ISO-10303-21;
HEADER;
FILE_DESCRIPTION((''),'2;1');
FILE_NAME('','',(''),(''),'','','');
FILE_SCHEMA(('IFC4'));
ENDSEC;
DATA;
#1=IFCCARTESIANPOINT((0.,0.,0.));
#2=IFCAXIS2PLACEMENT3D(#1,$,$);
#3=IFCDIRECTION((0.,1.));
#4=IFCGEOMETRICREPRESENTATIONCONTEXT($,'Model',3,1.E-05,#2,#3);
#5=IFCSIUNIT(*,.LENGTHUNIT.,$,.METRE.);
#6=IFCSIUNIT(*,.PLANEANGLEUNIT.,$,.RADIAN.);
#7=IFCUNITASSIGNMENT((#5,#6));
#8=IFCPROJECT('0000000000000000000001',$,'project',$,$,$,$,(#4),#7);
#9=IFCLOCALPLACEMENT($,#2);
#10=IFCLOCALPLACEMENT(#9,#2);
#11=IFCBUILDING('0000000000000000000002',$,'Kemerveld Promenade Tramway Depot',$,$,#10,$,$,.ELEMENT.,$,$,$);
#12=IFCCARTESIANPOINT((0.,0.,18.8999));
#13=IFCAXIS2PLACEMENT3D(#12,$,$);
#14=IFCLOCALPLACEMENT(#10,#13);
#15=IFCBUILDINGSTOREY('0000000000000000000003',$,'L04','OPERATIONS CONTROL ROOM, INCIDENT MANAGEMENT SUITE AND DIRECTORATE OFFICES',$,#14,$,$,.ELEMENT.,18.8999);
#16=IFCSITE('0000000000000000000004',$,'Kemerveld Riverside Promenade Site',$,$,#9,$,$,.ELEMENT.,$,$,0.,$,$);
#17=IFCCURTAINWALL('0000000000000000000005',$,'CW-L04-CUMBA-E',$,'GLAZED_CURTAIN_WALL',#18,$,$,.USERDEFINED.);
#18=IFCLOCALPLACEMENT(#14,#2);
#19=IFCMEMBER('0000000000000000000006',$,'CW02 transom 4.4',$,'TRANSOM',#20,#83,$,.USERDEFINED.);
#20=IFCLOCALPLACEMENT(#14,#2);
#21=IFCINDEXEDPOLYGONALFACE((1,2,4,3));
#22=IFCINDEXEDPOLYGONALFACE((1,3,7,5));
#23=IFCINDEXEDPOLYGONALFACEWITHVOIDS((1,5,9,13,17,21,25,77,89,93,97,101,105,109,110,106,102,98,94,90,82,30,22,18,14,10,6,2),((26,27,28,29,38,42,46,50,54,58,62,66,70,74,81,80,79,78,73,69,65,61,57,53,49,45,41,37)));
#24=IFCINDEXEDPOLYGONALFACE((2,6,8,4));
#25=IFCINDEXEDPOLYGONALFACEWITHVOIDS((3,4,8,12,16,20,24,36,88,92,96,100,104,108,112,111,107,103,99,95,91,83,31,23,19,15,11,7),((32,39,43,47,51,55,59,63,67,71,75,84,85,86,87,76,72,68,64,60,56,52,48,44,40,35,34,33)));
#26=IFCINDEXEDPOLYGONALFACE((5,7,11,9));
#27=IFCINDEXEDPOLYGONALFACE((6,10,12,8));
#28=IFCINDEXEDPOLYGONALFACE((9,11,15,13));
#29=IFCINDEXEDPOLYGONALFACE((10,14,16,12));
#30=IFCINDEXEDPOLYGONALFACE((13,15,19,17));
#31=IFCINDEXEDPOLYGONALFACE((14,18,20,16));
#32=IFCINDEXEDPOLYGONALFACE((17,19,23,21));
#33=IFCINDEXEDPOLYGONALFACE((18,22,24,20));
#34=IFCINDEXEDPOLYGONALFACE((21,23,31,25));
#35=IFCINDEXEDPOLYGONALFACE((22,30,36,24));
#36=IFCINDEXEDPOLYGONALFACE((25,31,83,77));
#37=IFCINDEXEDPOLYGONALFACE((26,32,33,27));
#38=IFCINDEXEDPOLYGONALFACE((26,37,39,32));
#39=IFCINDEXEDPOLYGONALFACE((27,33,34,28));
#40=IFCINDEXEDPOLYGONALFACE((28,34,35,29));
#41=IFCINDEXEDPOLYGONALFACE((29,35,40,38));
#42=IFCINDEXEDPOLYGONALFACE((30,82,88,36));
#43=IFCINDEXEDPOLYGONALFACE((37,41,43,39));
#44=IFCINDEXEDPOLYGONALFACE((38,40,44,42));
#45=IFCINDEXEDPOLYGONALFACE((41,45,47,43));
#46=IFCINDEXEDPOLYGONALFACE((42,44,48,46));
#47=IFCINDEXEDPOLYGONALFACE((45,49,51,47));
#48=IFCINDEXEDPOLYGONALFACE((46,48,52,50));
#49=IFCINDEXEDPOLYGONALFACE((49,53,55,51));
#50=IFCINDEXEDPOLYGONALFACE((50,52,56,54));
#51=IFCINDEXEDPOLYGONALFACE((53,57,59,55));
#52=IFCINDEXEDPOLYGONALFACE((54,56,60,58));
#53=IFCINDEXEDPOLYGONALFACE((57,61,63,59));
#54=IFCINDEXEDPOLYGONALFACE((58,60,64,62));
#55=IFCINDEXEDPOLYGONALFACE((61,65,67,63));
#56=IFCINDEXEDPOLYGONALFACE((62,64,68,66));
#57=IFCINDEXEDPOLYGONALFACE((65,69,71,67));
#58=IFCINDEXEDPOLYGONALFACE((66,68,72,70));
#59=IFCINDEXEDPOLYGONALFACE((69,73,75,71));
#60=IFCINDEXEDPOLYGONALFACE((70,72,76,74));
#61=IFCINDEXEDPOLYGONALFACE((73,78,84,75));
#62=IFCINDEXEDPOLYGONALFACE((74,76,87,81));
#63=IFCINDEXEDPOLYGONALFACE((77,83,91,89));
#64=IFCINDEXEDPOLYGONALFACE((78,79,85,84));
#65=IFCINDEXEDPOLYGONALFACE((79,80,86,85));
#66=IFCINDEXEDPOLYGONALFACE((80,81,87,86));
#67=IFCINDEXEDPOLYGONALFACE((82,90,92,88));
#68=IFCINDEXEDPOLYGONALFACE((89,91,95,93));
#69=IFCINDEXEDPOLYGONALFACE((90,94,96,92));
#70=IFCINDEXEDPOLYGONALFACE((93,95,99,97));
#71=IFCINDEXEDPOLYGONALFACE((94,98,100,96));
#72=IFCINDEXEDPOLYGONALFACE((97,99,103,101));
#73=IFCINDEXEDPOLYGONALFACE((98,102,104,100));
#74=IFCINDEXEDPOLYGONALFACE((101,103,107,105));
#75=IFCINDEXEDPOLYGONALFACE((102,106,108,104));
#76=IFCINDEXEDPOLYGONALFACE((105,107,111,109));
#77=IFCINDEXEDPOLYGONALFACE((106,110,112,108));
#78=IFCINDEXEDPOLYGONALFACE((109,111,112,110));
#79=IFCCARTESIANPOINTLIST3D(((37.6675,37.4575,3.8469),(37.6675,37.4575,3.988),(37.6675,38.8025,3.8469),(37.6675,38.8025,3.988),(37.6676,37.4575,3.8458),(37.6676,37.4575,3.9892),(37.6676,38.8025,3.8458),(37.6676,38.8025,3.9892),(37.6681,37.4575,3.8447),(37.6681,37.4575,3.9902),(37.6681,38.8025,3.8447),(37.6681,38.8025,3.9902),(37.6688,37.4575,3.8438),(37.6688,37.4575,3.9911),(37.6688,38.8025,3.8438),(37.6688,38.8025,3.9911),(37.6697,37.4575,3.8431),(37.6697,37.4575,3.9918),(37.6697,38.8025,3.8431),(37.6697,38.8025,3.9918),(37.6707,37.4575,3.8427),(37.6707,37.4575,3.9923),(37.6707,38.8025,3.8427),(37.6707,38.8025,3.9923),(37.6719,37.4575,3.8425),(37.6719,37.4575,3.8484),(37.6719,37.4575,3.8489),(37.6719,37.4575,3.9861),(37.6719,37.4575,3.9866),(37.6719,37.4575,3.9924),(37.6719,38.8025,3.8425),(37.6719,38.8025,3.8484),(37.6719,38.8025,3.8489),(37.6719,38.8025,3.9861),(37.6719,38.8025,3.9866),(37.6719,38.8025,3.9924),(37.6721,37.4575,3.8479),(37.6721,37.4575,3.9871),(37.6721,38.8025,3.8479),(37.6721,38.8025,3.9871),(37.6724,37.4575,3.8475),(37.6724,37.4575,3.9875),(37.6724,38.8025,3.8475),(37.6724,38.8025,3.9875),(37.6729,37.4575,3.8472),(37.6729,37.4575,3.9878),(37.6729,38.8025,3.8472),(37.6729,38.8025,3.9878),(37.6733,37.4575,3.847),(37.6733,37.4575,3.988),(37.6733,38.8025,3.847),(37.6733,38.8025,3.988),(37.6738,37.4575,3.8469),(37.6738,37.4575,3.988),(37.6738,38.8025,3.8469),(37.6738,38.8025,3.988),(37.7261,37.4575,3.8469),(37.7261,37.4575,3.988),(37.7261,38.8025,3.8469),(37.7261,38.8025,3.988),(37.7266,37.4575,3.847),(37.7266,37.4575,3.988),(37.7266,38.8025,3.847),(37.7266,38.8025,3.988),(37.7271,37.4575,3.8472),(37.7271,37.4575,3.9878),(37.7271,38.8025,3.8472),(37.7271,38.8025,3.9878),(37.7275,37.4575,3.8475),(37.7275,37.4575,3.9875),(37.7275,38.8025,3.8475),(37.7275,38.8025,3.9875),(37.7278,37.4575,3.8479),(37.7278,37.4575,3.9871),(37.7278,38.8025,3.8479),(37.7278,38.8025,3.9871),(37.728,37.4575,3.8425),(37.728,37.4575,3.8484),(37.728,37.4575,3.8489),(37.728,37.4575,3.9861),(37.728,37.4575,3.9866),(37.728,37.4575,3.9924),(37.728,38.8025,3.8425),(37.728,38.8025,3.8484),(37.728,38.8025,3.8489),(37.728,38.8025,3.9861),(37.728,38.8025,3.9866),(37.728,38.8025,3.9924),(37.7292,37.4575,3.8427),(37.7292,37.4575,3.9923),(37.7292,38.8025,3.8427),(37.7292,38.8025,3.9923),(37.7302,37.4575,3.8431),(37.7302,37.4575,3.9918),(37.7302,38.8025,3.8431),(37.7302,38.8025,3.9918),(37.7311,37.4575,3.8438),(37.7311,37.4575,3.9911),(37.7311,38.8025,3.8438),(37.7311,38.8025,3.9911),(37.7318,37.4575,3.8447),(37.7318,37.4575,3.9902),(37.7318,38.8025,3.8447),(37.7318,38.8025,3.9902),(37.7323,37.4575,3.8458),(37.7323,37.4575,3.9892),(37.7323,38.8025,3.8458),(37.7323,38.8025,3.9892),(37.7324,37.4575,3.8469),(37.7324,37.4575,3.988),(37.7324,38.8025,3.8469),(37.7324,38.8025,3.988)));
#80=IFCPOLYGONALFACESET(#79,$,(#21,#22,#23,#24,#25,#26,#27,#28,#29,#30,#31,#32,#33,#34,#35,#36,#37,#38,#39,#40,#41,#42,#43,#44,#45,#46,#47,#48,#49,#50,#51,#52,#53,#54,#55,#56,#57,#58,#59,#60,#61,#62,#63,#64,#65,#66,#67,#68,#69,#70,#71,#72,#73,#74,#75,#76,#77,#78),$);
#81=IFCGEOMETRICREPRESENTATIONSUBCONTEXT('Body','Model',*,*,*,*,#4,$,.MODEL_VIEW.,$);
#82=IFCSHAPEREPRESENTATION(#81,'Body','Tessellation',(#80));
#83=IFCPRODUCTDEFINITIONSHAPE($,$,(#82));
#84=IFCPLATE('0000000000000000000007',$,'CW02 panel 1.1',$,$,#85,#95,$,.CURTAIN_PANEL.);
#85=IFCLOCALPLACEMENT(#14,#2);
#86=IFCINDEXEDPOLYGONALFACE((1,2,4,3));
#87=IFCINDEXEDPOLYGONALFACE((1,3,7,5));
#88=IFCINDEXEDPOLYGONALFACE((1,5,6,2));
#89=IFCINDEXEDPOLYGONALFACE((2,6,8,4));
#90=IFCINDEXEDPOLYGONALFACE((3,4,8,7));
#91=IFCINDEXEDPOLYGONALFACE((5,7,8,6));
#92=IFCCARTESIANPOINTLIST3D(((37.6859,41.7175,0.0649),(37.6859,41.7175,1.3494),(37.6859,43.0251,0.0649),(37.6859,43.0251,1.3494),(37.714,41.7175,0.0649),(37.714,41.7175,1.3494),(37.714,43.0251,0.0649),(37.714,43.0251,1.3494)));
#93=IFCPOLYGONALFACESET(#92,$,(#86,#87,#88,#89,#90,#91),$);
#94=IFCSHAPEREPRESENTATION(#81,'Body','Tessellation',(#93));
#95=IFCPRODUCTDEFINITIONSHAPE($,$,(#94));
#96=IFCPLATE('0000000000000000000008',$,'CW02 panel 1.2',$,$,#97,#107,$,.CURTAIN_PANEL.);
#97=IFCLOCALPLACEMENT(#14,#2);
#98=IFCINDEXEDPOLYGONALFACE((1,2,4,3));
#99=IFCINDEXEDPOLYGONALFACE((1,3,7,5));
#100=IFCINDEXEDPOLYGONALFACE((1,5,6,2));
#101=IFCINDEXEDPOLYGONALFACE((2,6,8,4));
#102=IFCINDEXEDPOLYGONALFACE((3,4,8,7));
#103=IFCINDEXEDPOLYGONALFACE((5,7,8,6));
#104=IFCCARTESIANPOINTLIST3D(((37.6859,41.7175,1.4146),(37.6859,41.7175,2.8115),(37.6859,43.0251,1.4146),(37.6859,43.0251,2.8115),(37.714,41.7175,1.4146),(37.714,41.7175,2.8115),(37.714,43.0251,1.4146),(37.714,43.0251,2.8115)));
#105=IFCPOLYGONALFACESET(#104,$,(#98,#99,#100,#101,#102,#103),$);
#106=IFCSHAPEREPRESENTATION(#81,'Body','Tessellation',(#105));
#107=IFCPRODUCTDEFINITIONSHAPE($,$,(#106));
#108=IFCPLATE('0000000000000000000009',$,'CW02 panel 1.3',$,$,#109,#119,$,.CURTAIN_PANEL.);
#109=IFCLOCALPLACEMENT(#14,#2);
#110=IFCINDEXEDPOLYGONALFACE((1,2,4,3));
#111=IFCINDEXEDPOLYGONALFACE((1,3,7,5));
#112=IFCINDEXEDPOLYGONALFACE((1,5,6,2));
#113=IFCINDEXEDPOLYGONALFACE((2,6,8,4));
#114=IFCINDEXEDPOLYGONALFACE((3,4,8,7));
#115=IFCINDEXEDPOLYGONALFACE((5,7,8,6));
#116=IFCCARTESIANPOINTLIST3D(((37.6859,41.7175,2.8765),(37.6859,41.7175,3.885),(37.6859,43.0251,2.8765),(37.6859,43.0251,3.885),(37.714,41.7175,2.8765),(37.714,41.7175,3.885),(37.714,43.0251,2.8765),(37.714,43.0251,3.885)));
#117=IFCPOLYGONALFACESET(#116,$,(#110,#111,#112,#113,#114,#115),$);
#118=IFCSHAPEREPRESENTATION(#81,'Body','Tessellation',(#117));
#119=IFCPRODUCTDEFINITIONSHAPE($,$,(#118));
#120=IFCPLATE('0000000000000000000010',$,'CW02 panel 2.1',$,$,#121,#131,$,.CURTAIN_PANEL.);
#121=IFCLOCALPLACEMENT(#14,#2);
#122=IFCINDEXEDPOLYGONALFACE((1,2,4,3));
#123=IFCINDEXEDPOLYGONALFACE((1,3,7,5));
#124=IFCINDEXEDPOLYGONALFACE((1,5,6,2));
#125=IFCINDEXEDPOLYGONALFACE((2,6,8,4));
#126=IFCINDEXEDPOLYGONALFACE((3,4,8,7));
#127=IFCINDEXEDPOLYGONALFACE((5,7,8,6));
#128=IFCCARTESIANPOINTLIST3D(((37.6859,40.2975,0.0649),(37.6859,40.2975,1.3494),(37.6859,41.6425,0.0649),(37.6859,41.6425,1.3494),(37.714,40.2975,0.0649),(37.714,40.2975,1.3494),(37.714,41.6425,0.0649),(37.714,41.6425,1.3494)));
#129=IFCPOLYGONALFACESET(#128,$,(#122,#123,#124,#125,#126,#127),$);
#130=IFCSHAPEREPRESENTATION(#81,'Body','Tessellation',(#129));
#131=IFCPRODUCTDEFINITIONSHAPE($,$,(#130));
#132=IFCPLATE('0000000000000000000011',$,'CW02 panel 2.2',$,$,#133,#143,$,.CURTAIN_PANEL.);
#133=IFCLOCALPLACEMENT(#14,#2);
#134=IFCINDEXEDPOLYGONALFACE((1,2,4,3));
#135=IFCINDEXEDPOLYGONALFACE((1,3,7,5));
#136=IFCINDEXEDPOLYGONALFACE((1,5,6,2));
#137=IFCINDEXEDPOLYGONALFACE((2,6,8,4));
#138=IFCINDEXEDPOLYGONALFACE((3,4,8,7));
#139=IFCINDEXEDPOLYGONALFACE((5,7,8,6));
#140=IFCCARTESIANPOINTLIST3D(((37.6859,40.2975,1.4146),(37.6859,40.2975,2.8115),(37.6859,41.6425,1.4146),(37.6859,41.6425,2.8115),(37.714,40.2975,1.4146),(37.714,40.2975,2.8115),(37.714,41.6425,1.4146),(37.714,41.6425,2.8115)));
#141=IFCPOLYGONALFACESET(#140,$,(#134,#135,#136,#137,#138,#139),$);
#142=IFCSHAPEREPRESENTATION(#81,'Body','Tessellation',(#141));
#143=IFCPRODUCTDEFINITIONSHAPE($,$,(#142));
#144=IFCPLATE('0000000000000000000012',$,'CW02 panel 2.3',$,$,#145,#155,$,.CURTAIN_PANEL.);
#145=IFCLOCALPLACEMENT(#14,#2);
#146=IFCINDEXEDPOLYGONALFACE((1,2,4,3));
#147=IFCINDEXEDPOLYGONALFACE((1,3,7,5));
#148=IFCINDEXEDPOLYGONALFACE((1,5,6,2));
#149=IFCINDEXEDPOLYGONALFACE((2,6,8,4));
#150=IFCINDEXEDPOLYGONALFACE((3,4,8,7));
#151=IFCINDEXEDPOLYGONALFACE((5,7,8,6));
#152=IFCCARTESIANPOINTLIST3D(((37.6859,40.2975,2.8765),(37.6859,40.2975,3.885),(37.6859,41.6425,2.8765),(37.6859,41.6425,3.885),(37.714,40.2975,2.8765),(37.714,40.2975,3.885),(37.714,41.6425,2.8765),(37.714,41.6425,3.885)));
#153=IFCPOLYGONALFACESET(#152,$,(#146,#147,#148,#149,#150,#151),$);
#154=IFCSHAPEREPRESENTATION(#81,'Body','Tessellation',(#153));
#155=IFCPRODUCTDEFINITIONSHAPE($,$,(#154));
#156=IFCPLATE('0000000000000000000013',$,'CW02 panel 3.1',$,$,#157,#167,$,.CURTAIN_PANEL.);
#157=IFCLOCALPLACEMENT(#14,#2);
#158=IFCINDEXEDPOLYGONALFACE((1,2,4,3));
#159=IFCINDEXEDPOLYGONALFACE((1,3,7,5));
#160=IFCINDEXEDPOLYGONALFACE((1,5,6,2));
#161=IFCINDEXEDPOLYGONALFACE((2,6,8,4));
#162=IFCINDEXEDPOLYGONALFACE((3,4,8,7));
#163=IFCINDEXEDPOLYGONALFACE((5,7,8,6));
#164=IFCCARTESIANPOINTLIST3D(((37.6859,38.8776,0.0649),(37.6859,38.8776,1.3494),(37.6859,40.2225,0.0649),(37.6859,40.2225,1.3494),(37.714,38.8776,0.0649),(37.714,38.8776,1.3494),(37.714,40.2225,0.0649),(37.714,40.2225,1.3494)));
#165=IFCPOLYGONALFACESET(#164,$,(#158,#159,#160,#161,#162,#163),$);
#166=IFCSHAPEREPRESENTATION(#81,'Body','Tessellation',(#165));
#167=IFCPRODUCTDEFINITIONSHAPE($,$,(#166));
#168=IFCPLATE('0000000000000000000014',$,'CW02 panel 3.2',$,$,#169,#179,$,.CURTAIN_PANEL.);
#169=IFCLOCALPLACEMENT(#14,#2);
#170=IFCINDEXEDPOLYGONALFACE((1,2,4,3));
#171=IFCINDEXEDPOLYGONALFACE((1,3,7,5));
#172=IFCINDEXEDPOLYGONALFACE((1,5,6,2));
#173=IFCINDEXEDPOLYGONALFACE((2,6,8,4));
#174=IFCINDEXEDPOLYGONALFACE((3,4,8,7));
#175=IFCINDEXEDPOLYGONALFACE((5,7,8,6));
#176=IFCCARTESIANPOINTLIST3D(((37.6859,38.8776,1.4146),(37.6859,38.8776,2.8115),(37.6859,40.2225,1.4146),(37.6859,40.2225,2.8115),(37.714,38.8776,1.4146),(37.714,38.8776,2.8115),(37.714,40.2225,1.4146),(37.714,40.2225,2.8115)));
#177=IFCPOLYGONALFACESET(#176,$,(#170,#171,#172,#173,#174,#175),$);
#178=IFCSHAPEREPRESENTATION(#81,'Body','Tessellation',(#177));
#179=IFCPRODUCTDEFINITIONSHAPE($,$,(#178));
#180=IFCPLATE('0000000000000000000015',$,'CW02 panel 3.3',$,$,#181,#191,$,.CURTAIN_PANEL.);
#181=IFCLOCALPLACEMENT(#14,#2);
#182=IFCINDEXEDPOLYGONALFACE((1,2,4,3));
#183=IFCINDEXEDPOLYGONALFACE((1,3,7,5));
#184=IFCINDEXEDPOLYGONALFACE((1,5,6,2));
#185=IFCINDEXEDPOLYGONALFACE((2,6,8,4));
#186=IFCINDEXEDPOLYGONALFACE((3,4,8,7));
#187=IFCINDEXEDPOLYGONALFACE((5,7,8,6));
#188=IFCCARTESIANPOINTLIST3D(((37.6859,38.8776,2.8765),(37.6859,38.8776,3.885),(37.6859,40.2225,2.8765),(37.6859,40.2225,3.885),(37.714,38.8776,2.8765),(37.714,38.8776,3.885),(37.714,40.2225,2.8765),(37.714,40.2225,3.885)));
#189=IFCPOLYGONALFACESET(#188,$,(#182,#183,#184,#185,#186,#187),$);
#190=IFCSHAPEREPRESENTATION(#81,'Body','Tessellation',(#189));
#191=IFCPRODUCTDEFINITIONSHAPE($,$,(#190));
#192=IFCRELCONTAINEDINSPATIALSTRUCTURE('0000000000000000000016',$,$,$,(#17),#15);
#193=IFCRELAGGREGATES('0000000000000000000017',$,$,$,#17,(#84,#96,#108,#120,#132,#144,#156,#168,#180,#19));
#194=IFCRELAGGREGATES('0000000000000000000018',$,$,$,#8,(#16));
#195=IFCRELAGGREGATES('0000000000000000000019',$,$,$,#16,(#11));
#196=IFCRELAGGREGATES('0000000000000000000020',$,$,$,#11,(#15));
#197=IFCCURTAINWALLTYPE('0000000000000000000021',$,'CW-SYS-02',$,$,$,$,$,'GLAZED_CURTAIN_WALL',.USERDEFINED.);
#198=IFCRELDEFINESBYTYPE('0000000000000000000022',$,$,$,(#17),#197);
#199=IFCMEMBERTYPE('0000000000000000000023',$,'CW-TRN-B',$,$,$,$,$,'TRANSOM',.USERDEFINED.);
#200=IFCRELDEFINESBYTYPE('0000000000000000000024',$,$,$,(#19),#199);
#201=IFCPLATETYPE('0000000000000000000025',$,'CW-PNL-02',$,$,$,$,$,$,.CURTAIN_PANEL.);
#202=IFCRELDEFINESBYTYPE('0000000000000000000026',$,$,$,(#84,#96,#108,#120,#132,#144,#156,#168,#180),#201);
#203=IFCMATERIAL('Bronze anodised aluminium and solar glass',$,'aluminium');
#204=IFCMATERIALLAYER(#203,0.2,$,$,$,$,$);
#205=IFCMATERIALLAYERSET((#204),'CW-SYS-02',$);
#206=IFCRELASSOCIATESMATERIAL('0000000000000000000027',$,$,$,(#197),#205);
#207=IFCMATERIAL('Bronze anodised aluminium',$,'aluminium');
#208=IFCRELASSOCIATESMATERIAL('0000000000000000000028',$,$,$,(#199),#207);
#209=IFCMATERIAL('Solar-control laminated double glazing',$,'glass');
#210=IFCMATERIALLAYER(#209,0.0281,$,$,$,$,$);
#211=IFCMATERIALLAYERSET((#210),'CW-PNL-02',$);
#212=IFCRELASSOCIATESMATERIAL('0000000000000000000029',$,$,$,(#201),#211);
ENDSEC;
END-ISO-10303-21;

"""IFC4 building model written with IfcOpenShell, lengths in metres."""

from ifc_helpers import new_model, si_unit, direction, frame, origin, origin_2d, place, context, subcontext, project, spatial, rectangle, hollow_rectangle, extrude, material, layer, layer_set, material_profile, profile_set, type_object, element, aggregate, save


model = new_model("IFC4")

# Units and contexts
model_context = context("Model", 3, precision=1e-05, world=origin(), true_north=direction((0.0, 1.0)))
body_context = subcontext(model_context, "Body", "Model", "MODEL_VIEW")
ifc_project = project(units=[si_unit("LENGTHUNIT", "METRE"), si_unit("PLANEANGLEUNIT", "RADIAN")], contexts=[model_context])

# Site, building, storey
site_placement = place(None, origin())
site = spatial("IfcSite", under=ifc_project, at=site_placement, Name="Kemerveld Riverside Promenade Site", CompositionType="ELEMENT", RefElevation=0.0)
building_placement = place(site_placement, origin())
building = spatial("IfcBuilding", under=site, at=building_placement, Name="Kemerveld Promenade Tramway Depot", CompositionType="ELEMENT")
storey_placement = place(building_placement, frame((0.0, 0.0, 18.8999)))
storey = spatial("IfcBuildingStorey", under=building, at=storey_placement, Name="L04", Description="OPERATIONS CONTROL ROOM, INCIDENT MANAGEMENT SUITE AND DIRECTORATE OFFICES", CompositionType="ELEMENT", Elevation=18.8999)

# Curtain wall, member, plates
ifc_material_1 = material(Name="Bronze anodised aluminium and solar glass", Category="aluminium")
ifc_layer_1 = layer(ifc_material_1, 0.2)
ifc_layer_set_1 = layer_set([ifc_layer_1], Name="CW-SYS-02")
curtain_wall_type = type_object("IfcCurtainWallType", Name="CW-SYS-02", ElementType="GLAZED_CURTAIN_WALL", PredefinedType="USERDEFINED", material=ifc_layer_set_1)
curtain_wall_placement = place(storey_placement, origin())
curtain_wall = element("IfcCurtainWall", 1, at=curtain_wall_placement, inside=storey, type_object=curtain_wall_type, Name="CW-L04-CUMBA-E", ObjectType="GLAZED_CURTAIN_WALL", PredefinedType="USERDEFINED")
ifc_material_2 = material(Name="Bronze anodised aluminium", Category="aluminium")
ifc_material_profile_1 = material_profile(ifc_material_2, hollow_rectangle(XDim=0.0649, YDim=0.1499, WallThickness=0.0044, InnerFilletRadius=0.002, OuterFilletRadius=0.0044, at=origin_2d()), Name="CW-TRN-150x65")
ifc_profile_set_1 = profile_set([ifc_material_profile_1], Name="Bronze anodised aluminium")
member_type_1 = type_object("IfcMemberType", Name="CW-TRN-B", ElementType="TRANSOM", PredefinedType="USERDEFINED", material=ifc_profile_set_1)
member_1_placement = place(storey_placement, frame((37.7, 38.8025, 3.9175), z_axis=(0.0, -1.0, 0.0), x_axis=(1.0, 0.0, 0.0)))
member_1 = element("IfcMember", 2, at=member_1_placement, type_object=member_type_1, Name="CW02 transom 4.4", ObjectType="TRANSOM", PredefinedType="USERDEFINED", context=body_context, shape_type="SweptSolid", body=[
    extrude(hollow_rectangle(XDim=0.0649, YDim=0.1499, WallThickness=0.0044, InnerFilletRadius=0.002, OuterFilletRadius=0.0044, at=origin_2d()), origin(), (0.0, 0.0, 1.0), 1.345),
])
ifc_material_3 = material(Name="Solar-control laminated double glazing", Category="glass")
ifc_layer_2 = layer(ifc_material_3, 0.0281)
ifc_layer_set_2 = layer_set([ifc_layer_2], Name="CW-PNL-02")
plate_type = type_object("IfcPlateType", Name="CW-PNL-02", PredefinedType="CURTAIN_PANEL", material=ifc_layer_set_2)
plate_1_placement = place(storey_placement, frame((37.7, 42.3713, 0.0649), z_axis=(0.0, 0.0, 1.0), x_axis=(0.0, -1.0, 0.0)))
plate_1 = element("IfcPlate", 3, at=plate_1_placement, type_object=plate_type, Name="CW02 panel 1.1", PredefinedType="CURTAIN_PANEL", context=body_context, shape_type="SweptSolid", body=[
    extrude(rectangle(XDim=1.3076, YDim=0.0281, at=origin_2d()), origin(), (0.0, 0.0, 1.0), 1.2844),
])
plate_2_placement = place(storey_placement, frame((37.7, 42.3713, 1.4146), z_axis=(0.0, 0.0, 1.0), x_axis=(0.0, -1.0, 0.0)))
plate_2 = element("IfcPlate", 4, at=plate_2_placement, type_object=plate_type, Name="CW02 panel 1.2", PredefinedType="CURTAIN_PANEL", context=body_context, shape_type="SweptSolid", body=[
    extrude(rectangle(XDim=1.3076, YDim=0.0281, at=origin_2d()), origin(), (0.0, 0.0, 1.0), 1.397),
])
plate_3_placement = place(storey_placement, frame((37.7, 42.3713, 2.8765), z_axis=(0.0, 0.0, 1.0), x_axis=(0.0, -1.0, 0.0)))
plate_3 = element("IfcPlate", 5, at=plate_3_placement, type_object=plate_type, Name="CW02 panel 1.3", PredefinedType="CURTAIN_PANEL", context=body_context, shape_type="SweptSolid", body=[
    extrude(rectangle(XDim=1.3076, YDim=0.0281, at=origin_2d()), origin(), (0.0, 0.0, 1.0), 1.0085),
])
plate_4_placement = place(storey_placement, frame((37.7, 40.97, 0.0649), z_axis=(0.0, 0.0, 1.0), x_axis=(0.0, -1.0, 0.0)))
plate_4 = element("IfcPlate", 6, at=plate_4_placement, type_object=plate_type, Name="CW02 panel 2.1", PredefinedType="CURTAIN_PANEL", context=body_context, shape_type="SweptSolid", body=[
    extrude(rectangle(XDim=1.345, YDim=0.0281, at=origin_2d()), origin(), (0.0, 0.0, 1.0), 1.2844),
])
plate_5_placement = place(storey_placement, frame((37.7, 40.97, 1.4146), z_axis=(0.0, 0.0, 1.0), x_axis=(0.0, -1.0, 0.0)))
plate_5 = element("IfcPlate", 7, at=plate_5_placement, type_object=plate_type, Name="CW02 panel 2.2", PredefinedType="CURTAIN_PANEL", context=body_context, shape_type="SweptSolid", body=[
    extrude(rectangle(XDim=1.345, YDim=0.0281, at=origin_2d()), origin(), (0.0, 0.0, 1.0), 1.397),
])
plate_6_placement = place(storey_placement, frame((37.7, 40.97, 2.8765), z_axis=(0.0, 0.0, 1.0), x_axis=(0.0, -1.0, 0.0)))
plate_6 = element("IfcPlate", 8, at=plate_6_placement, type_object=plate_type, Name="CW02 panel 2.3", PredefinedType="CURTAIN_PANEL", context=body_context, shape_type="SweptSolid", body=[
    extrude(rectangle(XDim=1.345, YDim=0.0281, at=origin_2d()), origin(), (0.0, 0.0, 1.0), 1.0085),
])
plate_7_placement = place(storey_placement, frame((37.7, 39.55, 0.0649), z_axis=(0.0, 0.0, 1.0), x_axis=(0.0, -1.0, 0.0)))
plate_7 = element("IfcPlate", 9, at=plate_7_placement, type_object=plate_type, Name="CW02 panel 3.1", PredefinedType="CURTAIN_PANEL", context=body_context, shape_type="SweptSolid", body=[
    extrude(rectangle(XDim=1.345, YDim=0.0281, at=origin_2d()), origin(), (0.0, 0.0, 1.0), 1.2844),
])
plate_8_placement = place(storey_placement, frame((37.7, 39.55, 1.4146), z_axis=(0.0, 0.0, 1.0), x_axis=(0.0, -1.0, 0.0)))
plate_8 = element("IfcPlate", 10, at=plate_8_placement, type_object=plate_type, Name="CW02 panel 3.2", PredefinedType="CURTAIN_PANEL", context=body_context, shape_type="SweptSolid", body=[
    extrude(rectangle(XDim=1.345, YDim=0.0281, at=origin_2d()), origin(), (0.0, 0.0, 1.0), 1.397),
])
plate_9_placement = place(storey_placement, frame((37.7, 39.55, 2.8765), z_axis=(0.0, 0.0, 1.0), x_axis=(0.0, -1.0, 0.0)))
plate_9 = element("IfcPlate", 11, at=plate_9_placement, type_object=plate_type, Name="CW02 panel 3.3", PredefinedType="CURTAIN_PANEL", context=body_context, shape_type="SweptSolid", body=[
    extrude(rectangle(XDim=1.345, YDim=0.0281, at=origin_2d()), origin(), (0.0, 0.0, 1.0), 1.0085),
])
aggregate(curtain_wall, [plate_1, plate_2, plate_3, plate_4, plate_5, plate_6, plate_7, plate_8, plate_9, member_1])

save(model, "model.ifc")
